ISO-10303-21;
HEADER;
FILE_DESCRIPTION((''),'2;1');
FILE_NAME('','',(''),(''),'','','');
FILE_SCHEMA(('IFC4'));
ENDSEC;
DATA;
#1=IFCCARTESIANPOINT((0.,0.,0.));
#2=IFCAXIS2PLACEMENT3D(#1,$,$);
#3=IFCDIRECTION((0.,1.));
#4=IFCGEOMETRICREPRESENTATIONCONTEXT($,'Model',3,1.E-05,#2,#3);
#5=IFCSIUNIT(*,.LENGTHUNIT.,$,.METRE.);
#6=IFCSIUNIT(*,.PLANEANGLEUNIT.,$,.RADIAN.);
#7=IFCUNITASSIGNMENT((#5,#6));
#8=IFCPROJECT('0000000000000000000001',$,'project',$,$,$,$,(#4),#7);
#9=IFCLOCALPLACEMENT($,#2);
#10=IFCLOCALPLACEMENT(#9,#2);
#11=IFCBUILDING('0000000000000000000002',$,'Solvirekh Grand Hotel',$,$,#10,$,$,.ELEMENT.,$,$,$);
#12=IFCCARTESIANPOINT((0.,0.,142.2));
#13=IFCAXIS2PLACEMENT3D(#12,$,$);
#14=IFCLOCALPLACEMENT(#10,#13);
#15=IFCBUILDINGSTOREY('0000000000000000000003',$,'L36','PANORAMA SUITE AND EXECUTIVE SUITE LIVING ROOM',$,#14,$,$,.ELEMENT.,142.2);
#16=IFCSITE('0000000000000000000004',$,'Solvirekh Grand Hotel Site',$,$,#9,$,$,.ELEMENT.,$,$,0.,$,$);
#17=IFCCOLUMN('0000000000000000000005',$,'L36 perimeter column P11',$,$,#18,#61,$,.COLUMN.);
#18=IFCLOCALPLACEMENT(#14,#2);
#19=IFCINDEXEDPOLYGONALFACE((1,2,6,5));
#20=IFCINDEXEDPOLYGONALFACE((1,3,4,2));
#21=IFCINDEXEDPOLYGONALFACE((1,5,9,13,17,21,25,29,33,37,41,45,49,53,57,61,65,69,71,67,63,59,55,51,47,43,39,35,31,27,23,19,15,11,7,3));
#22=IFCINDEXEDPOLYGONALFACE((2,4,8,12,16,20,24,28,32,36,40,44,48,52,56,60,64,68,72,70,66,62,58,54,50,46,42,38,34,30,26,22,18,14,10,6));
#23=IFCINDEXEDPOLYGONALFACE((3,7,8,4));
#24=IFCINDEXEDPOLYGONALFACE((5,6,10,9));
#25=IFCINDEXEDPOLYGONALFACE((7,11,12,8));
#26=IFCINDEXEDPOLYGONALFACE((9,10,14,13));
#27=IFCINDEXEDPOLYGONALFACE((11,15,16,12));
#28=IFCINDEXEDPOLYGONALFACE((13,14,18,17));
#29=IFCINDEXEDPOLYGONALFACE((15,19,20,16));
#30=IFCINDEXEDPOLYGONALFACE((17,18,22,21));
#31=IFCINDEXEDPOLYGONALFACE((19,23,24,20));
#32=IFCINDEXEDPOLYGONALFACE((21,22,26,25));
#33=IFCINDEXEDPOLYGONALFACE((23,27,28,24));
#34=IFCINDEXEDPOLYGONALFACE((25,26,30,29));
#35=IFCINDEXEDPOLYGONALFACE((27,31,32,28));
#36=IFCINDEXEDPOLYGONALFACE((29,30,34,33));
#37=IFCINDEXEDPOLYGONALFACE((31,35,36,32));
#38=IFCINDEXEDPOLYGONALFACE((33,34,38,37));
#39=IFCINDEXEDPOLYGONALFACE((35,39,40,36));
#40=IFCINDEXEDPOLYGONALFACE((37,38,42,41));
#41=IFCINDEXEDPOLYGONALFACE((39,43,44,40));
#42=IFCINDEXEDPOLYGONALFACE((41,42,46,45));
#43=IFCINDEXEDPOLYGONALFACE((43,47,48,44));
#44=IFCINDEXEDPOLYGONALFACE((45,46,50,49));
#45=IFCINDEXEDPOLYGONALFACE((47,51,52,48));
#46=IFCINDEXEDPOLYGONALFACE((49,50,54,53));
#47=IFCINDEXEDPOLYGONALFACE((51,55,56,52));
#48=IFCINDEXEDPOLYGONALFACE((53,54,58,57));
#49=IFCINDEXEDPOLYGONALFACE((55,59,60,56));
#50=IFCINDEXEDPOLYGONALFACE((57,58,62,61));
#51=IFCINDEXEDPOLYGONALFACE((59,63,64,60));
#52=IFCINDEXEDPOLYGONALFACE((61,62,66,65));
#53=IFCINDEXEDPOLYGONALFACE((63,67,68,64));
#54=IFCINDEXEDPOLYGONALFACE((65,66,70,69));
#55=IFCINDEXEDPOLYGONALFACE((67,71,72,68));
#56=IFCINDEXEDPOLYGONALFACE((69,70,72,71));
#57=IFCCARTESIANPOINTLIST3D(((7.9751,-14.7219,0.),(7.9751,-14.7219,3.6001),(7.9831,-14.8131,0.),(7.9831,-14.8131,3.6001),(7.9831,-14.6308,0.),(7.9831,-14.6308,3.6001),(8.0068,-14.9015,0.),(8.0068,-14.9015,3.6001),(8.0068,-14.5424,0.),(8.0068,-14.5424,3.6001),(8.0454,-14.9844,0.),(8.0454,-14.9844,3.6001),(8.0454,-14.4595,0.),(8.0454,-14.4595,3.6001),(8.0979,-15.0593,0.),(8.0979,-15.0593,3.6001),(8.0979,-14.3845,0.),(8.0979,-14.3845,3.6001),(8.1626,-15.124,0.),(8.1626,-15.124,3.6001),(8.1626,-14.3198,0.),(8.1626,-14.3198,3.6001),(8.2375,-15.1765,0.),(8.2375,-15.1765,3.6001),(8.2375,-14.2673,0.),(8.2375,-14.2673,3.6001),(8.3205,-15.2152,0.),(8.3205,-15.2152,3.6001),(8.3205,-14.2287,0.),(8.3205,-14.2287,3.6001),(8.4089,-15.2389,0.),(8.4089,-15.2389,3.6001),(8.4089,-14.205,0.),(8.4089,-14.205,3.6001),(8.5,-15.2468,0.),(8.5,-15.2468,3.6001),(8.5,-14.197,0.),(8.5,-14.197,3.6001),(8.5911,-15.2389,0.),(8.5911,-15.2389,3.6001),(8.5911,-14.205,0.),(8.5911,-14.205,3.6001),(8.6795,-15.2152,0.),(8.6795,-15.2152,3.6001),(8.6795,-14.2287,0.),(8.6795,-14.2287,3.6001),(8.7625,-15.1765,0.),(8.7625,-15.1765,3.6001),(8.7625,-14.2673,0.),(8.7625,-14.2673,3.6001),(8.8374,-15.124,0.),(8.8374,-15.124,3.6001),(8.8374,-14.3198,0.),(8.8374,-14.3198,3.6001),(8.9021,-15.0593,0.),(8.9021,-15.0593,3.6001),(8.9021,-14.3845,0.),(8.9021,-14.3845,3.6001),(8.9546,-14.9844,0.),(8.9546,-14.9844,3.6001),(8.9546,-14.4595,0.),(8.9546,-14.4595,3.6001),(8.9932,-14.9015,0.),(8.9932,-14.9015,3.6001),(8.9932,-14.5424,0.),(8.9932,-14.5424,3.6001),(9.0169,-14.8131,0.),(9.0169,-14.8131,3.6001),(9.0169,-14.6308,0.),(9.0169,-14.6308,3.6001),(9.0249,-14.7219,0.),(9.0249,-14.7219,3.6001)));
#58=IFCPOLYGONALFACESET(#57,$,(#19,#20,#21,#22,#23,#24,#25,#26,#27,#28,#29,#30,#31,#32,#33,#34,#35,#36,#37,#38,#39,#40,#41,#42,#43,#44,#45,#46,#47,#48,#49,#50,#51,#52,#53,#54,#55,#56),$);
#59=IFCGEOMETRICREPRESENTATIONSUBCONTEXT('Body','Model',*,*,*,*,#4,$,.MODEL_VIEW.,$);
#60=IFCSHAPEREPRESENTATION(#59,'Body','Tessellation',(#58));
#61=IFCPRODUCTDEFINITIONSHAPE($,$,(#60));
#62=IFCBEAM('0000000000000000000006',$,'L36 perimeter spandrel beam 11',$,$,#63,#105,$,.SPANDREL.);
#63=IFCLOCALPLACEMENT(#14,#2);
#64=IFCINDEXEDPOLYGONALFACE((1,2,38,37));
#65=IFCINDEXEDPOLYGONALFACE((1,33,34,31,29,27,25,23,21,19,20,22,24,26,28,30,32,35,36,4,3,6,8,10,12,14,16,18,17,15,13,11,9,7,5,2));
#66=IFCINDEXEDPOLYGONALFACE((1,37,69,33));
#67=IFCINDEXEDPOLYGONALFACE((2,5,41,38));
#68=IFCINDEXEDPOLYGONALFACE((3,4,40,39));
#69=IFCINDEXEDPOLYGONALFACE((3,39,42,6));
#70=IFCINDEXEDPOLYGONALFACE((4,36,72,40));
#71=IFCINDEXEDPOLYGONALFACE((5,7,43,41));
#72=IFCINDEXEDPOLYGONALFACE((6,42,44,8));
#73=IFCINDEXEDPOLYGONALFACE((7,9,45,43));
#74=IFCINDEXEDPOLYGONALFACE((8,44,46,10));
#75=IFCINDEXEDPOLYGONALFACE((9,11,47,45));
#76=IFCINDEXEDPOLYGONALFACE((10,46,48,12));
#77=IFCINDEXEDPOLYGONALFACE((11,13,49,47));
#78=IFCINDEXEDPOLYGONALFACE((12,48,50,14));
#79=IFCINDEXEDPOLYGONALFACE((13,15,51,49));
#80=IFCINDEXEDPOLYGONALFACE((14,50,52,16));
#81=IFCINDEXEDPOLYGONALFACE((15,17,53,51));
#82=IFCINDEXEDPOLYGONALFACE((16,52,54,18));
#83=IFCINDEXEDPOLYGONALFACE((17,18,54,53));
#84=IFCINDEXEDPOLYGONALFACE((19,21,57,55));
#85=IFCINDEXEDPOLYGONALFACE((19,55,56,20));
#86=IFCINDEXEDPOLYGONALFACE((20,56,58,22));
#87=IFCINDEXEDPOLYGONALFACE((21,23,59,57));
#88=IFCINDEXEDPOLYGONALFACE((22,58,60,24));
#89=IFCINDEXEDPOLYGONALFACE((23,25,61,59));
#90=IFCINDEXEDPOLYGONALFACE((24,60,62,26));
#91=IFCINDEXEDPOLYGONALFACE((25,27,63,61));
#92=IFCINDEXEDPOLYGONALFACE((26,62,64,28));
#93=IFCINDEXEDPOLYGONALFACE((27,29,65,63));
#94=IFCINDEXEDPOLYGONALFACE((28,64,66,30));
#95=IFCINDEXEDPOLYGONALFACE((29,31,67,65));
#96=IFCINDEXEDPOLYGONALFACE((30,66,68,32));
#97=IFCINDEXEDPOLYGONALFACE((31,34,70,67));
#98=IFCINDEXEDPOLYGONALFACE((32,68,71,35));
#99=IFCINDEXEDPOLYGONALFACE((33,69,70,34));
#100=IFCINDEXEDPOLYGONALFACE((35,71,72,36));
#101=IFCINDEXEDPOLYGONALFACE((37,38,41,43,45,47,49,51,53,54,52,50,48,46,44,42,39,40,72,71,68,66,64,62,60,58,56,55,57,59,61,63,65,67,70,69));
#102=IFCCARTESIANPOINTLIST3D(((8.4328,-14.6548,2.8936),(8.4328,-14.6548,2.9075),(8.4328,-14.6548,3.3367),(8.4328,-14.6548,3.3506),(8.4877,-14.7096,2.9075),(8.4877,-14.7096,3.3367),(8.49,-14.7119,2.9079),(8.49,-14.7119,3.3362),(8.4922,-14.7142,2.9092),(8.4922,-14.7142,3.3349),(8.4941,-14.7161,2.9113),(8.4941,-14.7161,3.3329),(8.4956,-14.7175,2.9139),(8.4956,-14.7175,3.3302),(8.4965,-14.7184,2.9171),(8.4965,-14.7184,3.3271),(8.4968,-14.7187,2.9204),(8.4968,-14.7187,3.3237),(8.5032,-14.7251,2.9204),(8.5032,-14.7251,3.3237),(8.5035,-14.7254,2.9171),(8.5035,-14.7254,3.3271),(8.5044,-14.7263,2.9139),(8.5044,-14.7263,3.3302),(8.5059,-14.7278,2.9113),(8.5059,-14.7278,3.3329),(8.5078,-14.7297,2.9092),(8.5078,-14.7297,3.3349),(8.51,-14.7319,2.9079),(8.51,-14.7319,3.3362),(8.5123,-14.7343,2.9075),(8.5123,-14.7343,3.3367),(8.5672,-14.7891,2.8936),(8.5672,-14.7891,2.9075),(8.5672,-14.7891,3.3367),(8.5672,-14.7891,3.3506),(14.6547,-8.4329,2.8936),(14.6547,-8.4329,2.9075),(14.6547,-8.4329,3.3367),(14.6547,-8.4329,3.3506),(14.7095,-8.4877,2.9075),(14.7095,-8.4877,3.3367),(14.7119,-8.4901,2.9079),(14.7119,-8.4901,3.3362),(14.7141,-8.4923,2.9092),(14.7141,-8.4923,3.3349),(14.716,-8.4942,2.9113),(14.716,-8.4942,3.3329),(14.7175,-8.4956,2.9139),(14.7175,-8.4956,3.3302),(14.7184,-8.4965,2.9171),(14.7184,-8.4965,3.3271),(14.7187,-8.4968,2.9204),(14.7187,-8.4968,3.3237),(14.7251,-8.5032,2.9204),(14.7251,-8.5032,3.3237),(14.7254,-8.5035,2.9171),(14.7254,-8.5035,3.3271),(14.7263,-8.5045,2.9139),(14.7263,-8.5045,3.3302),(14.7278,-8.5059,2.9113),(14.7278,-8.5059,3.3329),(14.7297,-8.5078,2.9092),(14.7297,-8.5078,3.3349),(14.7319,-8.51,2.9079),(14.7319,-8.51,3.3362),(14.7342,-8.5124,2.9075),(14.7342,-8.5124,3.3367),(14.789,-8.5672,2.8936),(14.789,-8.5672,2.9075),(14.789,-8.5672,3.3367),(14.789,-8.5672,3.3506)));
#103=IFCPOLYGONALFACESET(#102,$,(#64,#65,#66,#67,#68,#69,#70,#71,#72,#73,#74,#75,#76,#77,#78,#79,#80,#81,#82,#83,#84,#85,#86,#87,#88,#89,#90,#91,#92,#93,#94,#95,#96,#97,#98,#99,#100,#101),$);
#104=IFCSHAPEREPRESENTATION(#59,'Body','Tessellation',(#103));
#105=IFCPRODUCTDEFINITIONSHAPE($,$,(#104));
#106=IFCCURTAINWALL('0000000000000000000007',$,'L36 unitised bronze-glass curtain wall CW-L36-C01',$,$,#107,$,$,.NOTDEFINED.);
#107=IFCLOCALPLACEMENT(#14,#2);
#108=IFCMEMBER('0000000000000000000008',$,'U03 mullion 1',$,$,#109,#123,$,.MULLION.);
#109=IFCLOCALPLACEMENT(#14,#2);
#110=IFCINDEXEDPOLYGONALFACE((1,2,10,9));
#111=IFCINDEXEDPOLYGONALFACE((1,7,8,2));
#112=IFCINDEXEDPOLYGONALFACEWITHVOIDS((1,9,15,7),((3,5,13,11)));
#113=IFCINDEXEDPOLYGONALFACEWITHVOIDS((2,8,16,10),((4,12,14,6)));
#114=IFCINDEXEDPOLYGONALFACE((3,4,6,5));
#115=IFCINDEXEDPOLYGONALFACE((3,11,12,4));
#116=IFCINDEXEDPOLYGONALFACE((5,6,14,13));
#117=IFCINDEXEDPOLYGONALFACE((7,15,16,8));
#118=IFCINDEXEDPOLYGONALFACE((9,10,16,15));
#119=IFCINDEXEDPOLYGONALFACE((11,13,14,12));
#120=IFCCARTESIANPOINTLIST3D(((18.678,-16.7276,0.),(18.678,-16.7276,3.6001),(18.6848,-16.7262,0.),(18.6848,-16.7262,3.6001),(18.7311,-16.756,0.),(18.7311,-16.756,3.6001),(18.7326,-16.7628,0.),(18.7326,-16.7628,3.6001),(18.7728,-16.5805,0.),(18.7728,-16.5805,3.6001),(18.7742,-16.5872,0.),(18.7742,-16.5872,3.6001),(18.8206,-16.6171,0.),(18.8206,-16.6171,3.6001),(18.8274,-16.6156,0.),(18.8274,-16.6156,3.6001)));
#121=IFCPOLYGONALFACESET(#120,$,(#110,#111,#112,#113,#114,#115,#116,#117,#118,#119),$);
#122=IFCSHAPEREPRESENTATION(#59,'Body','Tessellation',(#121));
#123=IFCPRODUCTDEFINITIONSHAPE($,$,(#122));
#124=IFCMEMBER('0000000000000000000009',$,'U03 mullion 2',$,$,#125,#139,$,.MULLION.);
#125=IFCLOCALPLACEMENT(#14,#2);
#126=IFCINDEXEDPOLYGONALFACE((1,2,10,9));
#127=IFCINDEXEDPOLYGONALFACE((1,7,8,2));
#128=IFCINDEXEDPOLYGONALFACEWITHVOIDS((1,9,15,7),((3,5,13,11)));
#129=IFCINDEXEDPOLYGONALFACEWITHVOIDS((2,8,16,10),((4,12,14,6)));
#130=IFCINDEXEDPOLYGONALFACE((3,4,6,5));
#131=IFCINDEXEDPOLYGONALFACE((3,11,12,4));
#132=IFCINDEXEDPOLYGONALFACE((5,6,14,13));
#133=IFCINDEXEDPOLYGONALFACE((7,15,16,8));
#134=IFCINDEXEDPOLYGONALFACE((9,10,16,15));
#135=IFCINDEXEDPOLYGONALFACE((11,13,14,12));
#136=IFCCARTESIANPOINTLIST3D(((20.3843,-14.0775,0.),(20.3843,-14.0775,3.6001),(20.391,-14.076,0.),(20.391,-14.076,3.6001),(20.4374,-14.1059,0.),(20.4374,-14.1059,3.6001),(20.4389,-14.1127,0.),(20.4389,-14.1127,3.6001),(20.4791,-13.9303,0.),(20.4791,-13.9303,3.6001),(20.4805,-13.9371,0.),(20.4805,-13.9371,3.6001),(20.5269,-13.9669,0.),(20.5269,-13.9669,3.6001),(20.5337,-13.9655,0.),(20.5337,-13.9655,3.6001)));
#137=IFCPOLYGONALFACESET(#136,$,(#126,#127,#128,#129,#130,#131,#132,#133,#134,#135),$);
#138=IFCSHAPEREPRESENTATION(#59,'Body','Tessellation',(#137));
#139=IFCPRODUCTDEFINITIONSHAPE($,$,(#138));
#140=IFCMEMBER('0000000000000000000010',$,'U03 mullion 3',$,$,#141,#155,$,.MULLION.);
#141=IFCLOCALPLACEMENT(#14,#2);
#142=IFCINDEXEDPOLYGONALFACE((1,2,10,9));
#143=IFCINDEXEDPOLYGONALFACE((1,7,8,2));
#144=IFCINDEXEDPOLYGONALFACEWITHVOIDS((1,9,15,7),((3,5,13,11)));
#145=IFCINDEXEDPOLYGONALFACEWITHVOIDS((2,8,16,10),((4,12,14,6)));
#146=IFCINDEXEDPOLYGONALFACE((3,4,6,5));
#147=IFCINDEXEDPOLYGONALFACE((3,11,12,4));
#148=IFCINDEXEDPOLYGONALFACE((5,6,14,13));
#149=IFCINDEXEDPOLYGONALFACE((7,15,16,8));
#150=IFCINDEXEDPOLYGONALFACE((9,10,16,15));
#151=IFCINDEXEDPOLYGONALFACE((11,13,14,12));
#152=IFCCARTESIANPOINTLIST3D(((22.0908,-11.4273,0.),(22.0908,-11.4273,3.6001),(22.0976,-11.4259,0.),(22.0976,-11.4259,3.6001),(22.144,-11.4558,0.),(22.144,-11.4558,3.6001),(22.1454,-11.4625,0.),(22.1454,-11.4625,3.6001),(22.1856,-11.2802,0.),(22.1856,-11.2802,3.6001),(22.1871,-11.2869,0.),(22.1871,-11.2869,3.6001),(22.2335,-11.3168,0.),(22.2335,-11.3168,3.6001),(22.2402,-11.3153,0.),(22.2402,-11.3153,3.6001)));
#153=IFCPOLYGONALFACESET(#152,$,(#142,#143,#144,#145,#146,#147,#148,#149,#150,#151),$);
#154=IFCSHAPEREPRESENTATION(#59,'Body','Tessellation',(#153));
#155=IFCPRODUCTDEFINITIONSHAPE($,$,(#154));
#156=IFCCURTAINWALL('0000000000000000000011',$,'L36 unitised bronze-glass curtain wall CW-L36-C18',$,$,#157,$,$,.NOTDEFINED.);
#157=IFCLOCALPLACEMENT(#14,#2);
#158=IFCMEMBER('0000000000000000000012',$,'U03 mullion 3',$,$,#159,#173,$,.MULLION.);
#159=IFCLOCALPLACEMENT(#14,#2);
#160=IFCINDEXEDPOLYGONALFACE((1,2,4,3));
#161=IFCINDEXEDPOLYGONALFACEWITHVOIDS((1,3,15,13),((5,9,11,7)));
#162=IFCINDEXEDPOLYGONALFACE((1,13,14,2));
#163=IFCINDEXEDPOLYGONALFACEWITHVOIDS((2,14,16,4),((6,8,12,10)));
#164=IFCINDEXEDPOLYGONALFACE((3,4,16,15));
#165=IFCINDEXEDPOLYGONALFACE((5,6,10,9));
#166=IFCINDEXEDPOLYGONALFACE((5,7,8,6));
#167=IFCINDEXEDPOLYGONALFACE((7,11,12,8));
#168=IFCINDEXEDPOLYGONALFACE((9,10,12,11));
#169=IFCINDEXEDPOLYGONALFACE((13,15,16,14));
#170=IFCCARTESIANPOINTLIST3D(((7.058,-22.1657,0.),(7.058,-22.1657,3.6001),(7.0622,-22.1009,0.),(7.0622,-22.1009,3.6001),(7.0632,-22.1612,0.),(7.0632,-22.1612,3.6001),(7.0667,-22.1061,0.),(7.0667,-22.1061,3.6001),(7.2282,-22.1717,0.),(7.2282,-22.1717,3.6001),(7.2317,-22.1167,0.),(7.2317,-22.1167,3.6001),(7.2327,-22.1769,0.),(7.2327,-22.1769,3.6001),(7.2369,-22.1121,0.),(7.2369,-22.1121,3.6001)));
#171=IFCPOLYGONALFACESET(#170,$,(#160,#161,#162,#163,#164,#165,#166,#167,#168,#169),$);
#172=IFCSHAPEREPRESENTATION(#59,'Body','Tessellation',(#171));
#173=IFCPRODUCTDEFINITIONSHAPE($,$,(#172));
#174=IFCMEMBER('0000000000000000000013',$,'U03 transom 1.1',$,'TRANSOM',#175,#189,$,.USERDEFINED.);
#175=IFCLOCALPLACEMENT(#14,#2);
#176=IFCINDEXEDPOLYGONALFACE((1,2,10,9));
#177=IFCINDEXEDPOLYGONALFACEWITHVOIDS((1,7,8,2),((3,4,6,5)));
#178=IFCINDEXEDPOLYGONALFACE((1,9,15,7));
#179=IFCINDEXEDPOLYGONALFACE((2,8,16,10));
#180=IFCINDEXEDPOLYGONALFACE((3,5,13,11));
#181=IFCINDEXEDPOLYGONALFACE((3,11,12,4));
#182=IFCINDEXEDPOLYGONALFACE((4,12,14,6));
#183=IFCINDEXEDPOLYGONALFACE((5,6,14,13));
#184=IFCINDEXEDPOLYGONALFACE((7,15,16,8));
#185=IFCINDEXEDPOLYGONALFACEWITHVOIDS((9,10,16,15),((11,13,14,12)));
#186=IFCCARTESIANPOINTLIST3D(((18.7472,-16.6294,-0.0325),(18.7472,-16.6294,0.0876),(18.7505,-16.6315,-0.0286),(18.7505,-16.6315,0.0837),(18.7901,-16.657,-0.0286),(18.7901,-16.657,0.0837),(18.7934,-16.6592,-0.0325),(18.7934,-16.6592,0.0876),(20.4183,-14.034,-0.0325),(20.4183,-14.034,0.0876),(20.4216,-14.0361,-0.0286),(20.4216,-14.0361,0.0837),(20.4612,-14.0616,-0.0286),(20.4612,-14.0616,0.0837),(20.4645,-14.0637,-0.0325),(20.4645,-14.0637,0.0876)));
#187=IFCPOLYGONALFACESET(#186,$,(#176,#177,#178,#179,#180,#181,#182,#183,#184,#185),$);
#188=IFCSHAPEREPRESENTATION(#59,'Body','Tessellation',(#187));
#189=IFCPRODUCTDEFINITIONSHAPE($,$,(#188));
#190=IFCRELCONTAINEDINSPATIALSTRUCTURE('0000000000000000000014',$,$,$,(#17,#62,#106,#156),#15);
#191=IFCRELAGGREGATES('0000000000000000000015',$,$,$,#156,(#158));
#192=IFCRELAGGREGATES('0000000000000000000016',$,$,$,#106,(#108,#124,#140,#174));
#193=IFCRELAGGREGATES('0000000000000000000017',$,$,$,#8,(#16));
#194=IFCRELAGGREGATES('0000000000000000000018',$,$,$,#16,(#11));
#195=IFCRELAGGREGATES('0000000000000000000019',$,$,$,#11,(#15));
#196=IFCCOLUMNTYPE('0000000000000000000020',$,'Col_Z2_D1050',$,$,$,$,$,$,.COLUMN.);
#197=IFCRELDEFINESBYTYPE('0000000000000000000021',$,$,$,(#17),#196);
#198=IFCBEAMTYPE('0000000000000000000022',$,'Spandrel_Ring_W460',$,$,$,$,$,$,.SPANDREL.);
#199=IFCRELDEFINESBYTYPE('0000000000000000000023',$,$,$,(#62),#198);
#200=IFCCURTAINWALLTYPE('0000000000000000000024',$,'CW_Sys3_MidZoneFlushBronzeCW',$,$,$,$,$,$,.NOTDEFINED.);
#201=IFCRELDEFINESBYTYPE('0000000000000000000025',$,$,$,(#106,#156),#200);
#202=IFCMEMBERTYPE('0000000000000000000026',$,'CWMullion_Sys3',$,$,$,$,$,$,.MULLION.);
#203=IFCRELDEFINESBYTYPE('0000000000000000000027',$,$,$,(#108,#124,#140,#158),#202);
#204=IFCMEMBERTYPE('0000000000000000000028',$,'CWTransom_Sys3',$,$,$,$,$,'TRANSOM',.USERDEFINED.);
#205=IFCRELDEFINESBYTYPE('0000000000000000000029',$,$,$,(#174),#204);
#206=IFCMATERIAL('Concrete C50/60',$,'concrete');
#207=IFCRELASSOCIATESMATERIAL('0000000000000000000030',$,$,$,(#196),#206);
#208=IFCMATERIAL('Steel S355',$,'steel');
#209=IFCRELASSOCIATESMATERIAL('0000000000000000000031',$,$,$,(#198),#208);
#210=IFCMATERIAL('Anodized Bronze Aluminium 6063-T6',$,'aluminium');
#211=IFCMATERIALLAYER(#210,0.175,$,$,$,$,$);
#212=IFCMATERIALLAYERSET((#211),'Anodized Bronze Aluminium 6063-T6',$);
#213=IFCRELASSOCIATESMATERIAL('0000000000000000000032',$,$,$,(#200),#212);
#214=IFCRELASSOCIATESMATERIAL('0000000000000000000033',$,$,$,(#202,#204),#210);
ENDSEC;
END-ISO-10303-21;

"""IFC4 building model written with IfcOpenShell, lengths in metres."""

from ifc_helpers import new_model, si_unit, direction, frame, origin, origin_2d, place, context, subcontext, project, spatial, hollow_rectangle, circle, i_section, extrude, source, transform, mapped, material, layer, layer_set, material_profile, profile_set, type_object, element, aggregate, save


model = new_model("IFC4")

# Units and contexts
model_context = context("Model", 3, precision=1e-05, world=origin(), true_north=direction((0.0, 1.0)))
body_context = subcontext(model_context, "Body", "Model", "MODEL_VIEW")
ifc_project = project(units=[si_unit("LENGTHUNIT", "METRE"), si_unit("PLANEANGLEUNIT", "RADIAN")], contexts=[model_context])

# Site, building, storey
site_placement = place(None, origin())
site = spatial("IfcSite", under=ifc_project, at=site_placement, Name="Solvirekh Grand Hotel Site", CompositionType="ELEMENT", RefElevation=0.0)
building_placement = place(site_placement, origin())
building = spatial("IfcBuilding", under=site, at=building_placement, Name="Solvirekh Grand Hotel", CompositionType="ELEMENT")
storey_placement = place(building_placement, frame((0.0, 0.0, 142.2)))
storey = spatial("IfcBuildingStorey", under=building, at=storey_placement, Name="L36", Description="PANORAMA SUITE AND EXECUTIVE SUITE LIVING ROOM", CompositionType="ELEMENT", Elevation=142.2)

# Column
ifc_material_1 = material(Name="Concrete C50/60", Category="concrete")
ifc_material_profile_1 = material_profile(ifc_material_1, circle(Radius=0.5249, at=origin_2d()), Name="RC CIRC D1050")
ifc_profile_set_1 = profile_set([ifc_material_profile_1], Name="Concrete C50/60")
column_type = type_object("IfcColumnType", Name="Col_Z2_D1050", PredefinedType="COLUMN", material=ifc_profile_set_1)
column_placement = place(storey_placement, frame((8.5, -14.7219, 0.0), z_axis=(0.0, 0.0, 1.0), x_axis=(1.0, 0.0, 0.0)))
element("IfcColumn", 1, at=column_placement, inside=storey, type_object=column_type, Name="L36 perimeter column P11", PredefinedType="COLUMN", context=body_context, shape_type="SweptSolid", body=[
    extrude(circle(Radius=0.5249, at=origin_2d()), origin(), (0.0, 0.0, 1.0), 3.6001),
])

# Beam
ifc_material_2 = material(Name="Steel S355", Category="steel")
ifc_material_profile_2 = material_profile(ifc_material_2, i_section(OverallWidth=0.1899, OverallDepth=0.457, WebThickness=0.009, FlangeThickness=0.0139, FilletRadius=0.0129, at=origin_2d()), Name="W460X74")
ifc_profile_set_2 = profile_set([ifc_material_profile_2], Name="Steel S355")
beam_type = type_object("IfcBeamType", Name="Spandrel_Ring_W460", PredefinedType="SPANDREL", material=ifc_profile_set_2)
beam_placement = place(storey_placement, frame((8.5, -14.7219, 3.1221), z_axis=(0.707107, 0.707107, 0.0), x_axis=(-0.707107, 0.707107, 0.0)))
element("IfcBeam", 2, at=beam_placement, inside=storey, type_object=beam_type, Name="L36 perimeter spandrel beam 11", PredefinedType="SPANDREL", context=body_context, shape_type="SweptSolid", body=[
    extrude(i_section(OverallWidth=0.1899, OverallDepth=0.457, WebThickness=0.009, FlangeThickness=0.0139, FilletRadius=0.0129, at=origin_2d()), origin(), (0.0, 0.0, 1.0), 8.7991),
])

# Curtain wall, members
ifc_material_3 = material(Name="Anodized Bronze Aluminium 6063-T6", Category="aluminium")
ifc_layer_1 = layer(ifc_material_3, 0.175)
ifc_layer_set_1 = layer_set([ifc_layer_1], Name="Anodized Bronze Aluminium 6063-T6")
curtain_wall_type = type_object("IfcCurtainWallType", Name="CW_Sys3_MidZoneFlushBronzeCW", PredefinedType="NOTDEFINED", material=ifc_layer_set_1)
curtain_wall_1_placement = place(storey_placement, origin())
curtain_wall_1 = element("IfcCurtainWall", 3, at=curtain_wall_1_placement, inside=storey, type_object=curtain_wall_type, Name="L36 unitised bronze-glass curtain wall CW-L36-C01", PredefinedType="NOTDEFINED")
ifc_material_profile_3 = material_profile(ifc_material_3, hollow_rectangle(XDim=0.0649, YDim=0.175, WallThickness=0.0049, at=origin_2d()), Name="ALU RHS 175X65X5")
ifc_profile_set_3 = profile_set([ifc_material_profile_3], Name="Anodized Bronze Aluminium 6063-T6")
member_type_1 = type_object("IfcMemberType", Name="CWMullion_Sys3", PredefinedType="MULLION", material=ifc_profile_set_3)
shared_shape_1 = source(origin(), body_context, "Body", "SweptSolid", [
    extrude(hollow_rectangle(XDim=0.0649, YDim=0.175, WallThickness=0.0049, at=origin_2d()), origin(), (0.0, 0.0, 1.0), 3.6001),
])
member_1_placement = place(storey_placement, frame((18.7527, -16.6716, 0.0), z_axis=(0.0, 0.0, 1.0), x_axis=(-0.840785, 0.541368, 0.0)))
member_1 = element("IfcMember", 4, at=member_1_placement, type_object=member_type_1, Name="U03 mullion 1", PredefinedType="MULLION", context=body_context, shape_type="MappedRepresentation", body=[
    mapped(shared_shape_1, transform((0.0, 0.0, 0.0), x_axis=(1.0, 0.0, 0.0), y_axis=(0.0, 1.0, 0.0), z_axis=(0.0, 0.0, 1.0), scale=1.0)),
])
member_2_placement = place(storey_placement, frame((20.459, -14.0215, 0.0), z_axis=(0.0, 0.0, 1.0), x_axis=(-0.840785, 0.541368, 0.0)))
member_2 = element("IfcMember", 5, at=member_2_placement, type_object=member_type_1, Name="U03 mullion 2", PredefinedType="MULLION", context=body_context, shape_type="MappedRepresentation", body=[
    mapped(shared_shape_1, transform((0.0, 0.0, 0.0), x_axis=(1.0, 0.0, 0.0), y_axis=(0.0, 1.0, 0.0), z_axis=(0.0, 0.0, 1.0), scale=1.0)),
])
member_3_placement = place(storey_placement, frame((22.1655, -11.3713, 0.0), z_axis=(0.0, 0.0, 1.0), x_axis=(-0.840785, 0.541368, 0.0)))
member_3 = element("IfcMember", 6, at=member_3_placement, type_object=member_type_1, Name="U03 mullion 3", PredefinedType="MULLION", context=body_context, shape_type="MappedRepresentation", body=[
    mapped(shared_shape_1, transform((0.0, 0.0, 0.0), x_axis=(1.0, 0.0, 0.0), y_axis=(0.0, 1.0, 0.0), z_axis=(0.0, 0.0, 1.0), scale=1.0)),
])

# Curtain wall, member
curtain_wall_2_placement = place(storey_placement, origin())
curtain_wall_2 = element("IfcCurtainWall", 7, at=curtain_wall_2_placement, inside=storey, type_object=curtain_wall_type, Name="L36 unitised bronze-glass curtain wall CW-L36-C18", PredefinedType="NOTDEFINED")
member_4_placement = place(storey_placement, frame((7.1475, -22.1389, 0.0), z_axis=(0.0, 0.0, 1.0), x_axis=(0.063812, 0.997962, 0.0)))
member_4 = element("IfcMember", 8, at=member_4_placement, type_object=member_type_1, Name="U03 mullion 3", PredefinedType="MULLION", context=body_context, shape_type="MappedRepresentation", body=[
    mapped(shared_shape_1, transform((0.0, 0.0, 0.0), x_axis=(1.0, 0.0, 0.0), y_axis=(0.0, 1.0, 0.0), z_axis=(0.0, 0.0, 1.0), scale=1.0)),
])
aggregate(curtain_wall_2, [member_4])

# Member
ifc_material_profile_4 = material_profile(ifc_material_3, hollow_rectangle(XDim=0.0549, YDim=0.1201, WallThickness=0.0039, at=origin_2d()), Name="ALU RHS 120X55X4")
ifc_profile_set_4 = profile_set([ifc_material_profile_4], Name="Anodized Bronze Aluminium 6063-T6")
member_type_2 = type_object("IfcMemberType", Name="CWTransom_Sys3", ElementType="TRANSOM", PredefinedType="USERDEFINED", material=ifc_profile_set_4)
shared_shape_2 = source(origin(), body_context, "Body", "SweptSolid", [
    extrude(hollow_rectangle(XDim=0.0549, YDim=0.1201, WallThickness=0.0039, at=origin_2d()), origin(), (0.0, 0.0, 1.0), 3.0869),
])
member_5_placement = place(storey_placement, frame((18.7703, -16.6443, 0.0276), z_axis=(0.541361, 0.84079, 0.0), x_axis=(-0.84079, 0.541361, 0.0)))
member_5 = element("IfcMember", 9, at=member_5_placement, type_object=member_type_2, Name="U03 transom 1.1", ObjectType="TRANSOM", PredefinedType="USERDEFINED", context=body_context, shape_type="MappedRepresentation", body=[
    mapped(shared_shape_2, transform((0.0, 0.0, 0.0), x_axis=(1.0, 0.0, 0.0), y_axis=(0.0, 1.0, 0.0), z_axis=(0.0, 0.0, 1.0), scale=1.0)),
])

aggregate(curtain_wall_1, [member_1, member_2, member_3, member_5])

save(model, "model.ifc")
